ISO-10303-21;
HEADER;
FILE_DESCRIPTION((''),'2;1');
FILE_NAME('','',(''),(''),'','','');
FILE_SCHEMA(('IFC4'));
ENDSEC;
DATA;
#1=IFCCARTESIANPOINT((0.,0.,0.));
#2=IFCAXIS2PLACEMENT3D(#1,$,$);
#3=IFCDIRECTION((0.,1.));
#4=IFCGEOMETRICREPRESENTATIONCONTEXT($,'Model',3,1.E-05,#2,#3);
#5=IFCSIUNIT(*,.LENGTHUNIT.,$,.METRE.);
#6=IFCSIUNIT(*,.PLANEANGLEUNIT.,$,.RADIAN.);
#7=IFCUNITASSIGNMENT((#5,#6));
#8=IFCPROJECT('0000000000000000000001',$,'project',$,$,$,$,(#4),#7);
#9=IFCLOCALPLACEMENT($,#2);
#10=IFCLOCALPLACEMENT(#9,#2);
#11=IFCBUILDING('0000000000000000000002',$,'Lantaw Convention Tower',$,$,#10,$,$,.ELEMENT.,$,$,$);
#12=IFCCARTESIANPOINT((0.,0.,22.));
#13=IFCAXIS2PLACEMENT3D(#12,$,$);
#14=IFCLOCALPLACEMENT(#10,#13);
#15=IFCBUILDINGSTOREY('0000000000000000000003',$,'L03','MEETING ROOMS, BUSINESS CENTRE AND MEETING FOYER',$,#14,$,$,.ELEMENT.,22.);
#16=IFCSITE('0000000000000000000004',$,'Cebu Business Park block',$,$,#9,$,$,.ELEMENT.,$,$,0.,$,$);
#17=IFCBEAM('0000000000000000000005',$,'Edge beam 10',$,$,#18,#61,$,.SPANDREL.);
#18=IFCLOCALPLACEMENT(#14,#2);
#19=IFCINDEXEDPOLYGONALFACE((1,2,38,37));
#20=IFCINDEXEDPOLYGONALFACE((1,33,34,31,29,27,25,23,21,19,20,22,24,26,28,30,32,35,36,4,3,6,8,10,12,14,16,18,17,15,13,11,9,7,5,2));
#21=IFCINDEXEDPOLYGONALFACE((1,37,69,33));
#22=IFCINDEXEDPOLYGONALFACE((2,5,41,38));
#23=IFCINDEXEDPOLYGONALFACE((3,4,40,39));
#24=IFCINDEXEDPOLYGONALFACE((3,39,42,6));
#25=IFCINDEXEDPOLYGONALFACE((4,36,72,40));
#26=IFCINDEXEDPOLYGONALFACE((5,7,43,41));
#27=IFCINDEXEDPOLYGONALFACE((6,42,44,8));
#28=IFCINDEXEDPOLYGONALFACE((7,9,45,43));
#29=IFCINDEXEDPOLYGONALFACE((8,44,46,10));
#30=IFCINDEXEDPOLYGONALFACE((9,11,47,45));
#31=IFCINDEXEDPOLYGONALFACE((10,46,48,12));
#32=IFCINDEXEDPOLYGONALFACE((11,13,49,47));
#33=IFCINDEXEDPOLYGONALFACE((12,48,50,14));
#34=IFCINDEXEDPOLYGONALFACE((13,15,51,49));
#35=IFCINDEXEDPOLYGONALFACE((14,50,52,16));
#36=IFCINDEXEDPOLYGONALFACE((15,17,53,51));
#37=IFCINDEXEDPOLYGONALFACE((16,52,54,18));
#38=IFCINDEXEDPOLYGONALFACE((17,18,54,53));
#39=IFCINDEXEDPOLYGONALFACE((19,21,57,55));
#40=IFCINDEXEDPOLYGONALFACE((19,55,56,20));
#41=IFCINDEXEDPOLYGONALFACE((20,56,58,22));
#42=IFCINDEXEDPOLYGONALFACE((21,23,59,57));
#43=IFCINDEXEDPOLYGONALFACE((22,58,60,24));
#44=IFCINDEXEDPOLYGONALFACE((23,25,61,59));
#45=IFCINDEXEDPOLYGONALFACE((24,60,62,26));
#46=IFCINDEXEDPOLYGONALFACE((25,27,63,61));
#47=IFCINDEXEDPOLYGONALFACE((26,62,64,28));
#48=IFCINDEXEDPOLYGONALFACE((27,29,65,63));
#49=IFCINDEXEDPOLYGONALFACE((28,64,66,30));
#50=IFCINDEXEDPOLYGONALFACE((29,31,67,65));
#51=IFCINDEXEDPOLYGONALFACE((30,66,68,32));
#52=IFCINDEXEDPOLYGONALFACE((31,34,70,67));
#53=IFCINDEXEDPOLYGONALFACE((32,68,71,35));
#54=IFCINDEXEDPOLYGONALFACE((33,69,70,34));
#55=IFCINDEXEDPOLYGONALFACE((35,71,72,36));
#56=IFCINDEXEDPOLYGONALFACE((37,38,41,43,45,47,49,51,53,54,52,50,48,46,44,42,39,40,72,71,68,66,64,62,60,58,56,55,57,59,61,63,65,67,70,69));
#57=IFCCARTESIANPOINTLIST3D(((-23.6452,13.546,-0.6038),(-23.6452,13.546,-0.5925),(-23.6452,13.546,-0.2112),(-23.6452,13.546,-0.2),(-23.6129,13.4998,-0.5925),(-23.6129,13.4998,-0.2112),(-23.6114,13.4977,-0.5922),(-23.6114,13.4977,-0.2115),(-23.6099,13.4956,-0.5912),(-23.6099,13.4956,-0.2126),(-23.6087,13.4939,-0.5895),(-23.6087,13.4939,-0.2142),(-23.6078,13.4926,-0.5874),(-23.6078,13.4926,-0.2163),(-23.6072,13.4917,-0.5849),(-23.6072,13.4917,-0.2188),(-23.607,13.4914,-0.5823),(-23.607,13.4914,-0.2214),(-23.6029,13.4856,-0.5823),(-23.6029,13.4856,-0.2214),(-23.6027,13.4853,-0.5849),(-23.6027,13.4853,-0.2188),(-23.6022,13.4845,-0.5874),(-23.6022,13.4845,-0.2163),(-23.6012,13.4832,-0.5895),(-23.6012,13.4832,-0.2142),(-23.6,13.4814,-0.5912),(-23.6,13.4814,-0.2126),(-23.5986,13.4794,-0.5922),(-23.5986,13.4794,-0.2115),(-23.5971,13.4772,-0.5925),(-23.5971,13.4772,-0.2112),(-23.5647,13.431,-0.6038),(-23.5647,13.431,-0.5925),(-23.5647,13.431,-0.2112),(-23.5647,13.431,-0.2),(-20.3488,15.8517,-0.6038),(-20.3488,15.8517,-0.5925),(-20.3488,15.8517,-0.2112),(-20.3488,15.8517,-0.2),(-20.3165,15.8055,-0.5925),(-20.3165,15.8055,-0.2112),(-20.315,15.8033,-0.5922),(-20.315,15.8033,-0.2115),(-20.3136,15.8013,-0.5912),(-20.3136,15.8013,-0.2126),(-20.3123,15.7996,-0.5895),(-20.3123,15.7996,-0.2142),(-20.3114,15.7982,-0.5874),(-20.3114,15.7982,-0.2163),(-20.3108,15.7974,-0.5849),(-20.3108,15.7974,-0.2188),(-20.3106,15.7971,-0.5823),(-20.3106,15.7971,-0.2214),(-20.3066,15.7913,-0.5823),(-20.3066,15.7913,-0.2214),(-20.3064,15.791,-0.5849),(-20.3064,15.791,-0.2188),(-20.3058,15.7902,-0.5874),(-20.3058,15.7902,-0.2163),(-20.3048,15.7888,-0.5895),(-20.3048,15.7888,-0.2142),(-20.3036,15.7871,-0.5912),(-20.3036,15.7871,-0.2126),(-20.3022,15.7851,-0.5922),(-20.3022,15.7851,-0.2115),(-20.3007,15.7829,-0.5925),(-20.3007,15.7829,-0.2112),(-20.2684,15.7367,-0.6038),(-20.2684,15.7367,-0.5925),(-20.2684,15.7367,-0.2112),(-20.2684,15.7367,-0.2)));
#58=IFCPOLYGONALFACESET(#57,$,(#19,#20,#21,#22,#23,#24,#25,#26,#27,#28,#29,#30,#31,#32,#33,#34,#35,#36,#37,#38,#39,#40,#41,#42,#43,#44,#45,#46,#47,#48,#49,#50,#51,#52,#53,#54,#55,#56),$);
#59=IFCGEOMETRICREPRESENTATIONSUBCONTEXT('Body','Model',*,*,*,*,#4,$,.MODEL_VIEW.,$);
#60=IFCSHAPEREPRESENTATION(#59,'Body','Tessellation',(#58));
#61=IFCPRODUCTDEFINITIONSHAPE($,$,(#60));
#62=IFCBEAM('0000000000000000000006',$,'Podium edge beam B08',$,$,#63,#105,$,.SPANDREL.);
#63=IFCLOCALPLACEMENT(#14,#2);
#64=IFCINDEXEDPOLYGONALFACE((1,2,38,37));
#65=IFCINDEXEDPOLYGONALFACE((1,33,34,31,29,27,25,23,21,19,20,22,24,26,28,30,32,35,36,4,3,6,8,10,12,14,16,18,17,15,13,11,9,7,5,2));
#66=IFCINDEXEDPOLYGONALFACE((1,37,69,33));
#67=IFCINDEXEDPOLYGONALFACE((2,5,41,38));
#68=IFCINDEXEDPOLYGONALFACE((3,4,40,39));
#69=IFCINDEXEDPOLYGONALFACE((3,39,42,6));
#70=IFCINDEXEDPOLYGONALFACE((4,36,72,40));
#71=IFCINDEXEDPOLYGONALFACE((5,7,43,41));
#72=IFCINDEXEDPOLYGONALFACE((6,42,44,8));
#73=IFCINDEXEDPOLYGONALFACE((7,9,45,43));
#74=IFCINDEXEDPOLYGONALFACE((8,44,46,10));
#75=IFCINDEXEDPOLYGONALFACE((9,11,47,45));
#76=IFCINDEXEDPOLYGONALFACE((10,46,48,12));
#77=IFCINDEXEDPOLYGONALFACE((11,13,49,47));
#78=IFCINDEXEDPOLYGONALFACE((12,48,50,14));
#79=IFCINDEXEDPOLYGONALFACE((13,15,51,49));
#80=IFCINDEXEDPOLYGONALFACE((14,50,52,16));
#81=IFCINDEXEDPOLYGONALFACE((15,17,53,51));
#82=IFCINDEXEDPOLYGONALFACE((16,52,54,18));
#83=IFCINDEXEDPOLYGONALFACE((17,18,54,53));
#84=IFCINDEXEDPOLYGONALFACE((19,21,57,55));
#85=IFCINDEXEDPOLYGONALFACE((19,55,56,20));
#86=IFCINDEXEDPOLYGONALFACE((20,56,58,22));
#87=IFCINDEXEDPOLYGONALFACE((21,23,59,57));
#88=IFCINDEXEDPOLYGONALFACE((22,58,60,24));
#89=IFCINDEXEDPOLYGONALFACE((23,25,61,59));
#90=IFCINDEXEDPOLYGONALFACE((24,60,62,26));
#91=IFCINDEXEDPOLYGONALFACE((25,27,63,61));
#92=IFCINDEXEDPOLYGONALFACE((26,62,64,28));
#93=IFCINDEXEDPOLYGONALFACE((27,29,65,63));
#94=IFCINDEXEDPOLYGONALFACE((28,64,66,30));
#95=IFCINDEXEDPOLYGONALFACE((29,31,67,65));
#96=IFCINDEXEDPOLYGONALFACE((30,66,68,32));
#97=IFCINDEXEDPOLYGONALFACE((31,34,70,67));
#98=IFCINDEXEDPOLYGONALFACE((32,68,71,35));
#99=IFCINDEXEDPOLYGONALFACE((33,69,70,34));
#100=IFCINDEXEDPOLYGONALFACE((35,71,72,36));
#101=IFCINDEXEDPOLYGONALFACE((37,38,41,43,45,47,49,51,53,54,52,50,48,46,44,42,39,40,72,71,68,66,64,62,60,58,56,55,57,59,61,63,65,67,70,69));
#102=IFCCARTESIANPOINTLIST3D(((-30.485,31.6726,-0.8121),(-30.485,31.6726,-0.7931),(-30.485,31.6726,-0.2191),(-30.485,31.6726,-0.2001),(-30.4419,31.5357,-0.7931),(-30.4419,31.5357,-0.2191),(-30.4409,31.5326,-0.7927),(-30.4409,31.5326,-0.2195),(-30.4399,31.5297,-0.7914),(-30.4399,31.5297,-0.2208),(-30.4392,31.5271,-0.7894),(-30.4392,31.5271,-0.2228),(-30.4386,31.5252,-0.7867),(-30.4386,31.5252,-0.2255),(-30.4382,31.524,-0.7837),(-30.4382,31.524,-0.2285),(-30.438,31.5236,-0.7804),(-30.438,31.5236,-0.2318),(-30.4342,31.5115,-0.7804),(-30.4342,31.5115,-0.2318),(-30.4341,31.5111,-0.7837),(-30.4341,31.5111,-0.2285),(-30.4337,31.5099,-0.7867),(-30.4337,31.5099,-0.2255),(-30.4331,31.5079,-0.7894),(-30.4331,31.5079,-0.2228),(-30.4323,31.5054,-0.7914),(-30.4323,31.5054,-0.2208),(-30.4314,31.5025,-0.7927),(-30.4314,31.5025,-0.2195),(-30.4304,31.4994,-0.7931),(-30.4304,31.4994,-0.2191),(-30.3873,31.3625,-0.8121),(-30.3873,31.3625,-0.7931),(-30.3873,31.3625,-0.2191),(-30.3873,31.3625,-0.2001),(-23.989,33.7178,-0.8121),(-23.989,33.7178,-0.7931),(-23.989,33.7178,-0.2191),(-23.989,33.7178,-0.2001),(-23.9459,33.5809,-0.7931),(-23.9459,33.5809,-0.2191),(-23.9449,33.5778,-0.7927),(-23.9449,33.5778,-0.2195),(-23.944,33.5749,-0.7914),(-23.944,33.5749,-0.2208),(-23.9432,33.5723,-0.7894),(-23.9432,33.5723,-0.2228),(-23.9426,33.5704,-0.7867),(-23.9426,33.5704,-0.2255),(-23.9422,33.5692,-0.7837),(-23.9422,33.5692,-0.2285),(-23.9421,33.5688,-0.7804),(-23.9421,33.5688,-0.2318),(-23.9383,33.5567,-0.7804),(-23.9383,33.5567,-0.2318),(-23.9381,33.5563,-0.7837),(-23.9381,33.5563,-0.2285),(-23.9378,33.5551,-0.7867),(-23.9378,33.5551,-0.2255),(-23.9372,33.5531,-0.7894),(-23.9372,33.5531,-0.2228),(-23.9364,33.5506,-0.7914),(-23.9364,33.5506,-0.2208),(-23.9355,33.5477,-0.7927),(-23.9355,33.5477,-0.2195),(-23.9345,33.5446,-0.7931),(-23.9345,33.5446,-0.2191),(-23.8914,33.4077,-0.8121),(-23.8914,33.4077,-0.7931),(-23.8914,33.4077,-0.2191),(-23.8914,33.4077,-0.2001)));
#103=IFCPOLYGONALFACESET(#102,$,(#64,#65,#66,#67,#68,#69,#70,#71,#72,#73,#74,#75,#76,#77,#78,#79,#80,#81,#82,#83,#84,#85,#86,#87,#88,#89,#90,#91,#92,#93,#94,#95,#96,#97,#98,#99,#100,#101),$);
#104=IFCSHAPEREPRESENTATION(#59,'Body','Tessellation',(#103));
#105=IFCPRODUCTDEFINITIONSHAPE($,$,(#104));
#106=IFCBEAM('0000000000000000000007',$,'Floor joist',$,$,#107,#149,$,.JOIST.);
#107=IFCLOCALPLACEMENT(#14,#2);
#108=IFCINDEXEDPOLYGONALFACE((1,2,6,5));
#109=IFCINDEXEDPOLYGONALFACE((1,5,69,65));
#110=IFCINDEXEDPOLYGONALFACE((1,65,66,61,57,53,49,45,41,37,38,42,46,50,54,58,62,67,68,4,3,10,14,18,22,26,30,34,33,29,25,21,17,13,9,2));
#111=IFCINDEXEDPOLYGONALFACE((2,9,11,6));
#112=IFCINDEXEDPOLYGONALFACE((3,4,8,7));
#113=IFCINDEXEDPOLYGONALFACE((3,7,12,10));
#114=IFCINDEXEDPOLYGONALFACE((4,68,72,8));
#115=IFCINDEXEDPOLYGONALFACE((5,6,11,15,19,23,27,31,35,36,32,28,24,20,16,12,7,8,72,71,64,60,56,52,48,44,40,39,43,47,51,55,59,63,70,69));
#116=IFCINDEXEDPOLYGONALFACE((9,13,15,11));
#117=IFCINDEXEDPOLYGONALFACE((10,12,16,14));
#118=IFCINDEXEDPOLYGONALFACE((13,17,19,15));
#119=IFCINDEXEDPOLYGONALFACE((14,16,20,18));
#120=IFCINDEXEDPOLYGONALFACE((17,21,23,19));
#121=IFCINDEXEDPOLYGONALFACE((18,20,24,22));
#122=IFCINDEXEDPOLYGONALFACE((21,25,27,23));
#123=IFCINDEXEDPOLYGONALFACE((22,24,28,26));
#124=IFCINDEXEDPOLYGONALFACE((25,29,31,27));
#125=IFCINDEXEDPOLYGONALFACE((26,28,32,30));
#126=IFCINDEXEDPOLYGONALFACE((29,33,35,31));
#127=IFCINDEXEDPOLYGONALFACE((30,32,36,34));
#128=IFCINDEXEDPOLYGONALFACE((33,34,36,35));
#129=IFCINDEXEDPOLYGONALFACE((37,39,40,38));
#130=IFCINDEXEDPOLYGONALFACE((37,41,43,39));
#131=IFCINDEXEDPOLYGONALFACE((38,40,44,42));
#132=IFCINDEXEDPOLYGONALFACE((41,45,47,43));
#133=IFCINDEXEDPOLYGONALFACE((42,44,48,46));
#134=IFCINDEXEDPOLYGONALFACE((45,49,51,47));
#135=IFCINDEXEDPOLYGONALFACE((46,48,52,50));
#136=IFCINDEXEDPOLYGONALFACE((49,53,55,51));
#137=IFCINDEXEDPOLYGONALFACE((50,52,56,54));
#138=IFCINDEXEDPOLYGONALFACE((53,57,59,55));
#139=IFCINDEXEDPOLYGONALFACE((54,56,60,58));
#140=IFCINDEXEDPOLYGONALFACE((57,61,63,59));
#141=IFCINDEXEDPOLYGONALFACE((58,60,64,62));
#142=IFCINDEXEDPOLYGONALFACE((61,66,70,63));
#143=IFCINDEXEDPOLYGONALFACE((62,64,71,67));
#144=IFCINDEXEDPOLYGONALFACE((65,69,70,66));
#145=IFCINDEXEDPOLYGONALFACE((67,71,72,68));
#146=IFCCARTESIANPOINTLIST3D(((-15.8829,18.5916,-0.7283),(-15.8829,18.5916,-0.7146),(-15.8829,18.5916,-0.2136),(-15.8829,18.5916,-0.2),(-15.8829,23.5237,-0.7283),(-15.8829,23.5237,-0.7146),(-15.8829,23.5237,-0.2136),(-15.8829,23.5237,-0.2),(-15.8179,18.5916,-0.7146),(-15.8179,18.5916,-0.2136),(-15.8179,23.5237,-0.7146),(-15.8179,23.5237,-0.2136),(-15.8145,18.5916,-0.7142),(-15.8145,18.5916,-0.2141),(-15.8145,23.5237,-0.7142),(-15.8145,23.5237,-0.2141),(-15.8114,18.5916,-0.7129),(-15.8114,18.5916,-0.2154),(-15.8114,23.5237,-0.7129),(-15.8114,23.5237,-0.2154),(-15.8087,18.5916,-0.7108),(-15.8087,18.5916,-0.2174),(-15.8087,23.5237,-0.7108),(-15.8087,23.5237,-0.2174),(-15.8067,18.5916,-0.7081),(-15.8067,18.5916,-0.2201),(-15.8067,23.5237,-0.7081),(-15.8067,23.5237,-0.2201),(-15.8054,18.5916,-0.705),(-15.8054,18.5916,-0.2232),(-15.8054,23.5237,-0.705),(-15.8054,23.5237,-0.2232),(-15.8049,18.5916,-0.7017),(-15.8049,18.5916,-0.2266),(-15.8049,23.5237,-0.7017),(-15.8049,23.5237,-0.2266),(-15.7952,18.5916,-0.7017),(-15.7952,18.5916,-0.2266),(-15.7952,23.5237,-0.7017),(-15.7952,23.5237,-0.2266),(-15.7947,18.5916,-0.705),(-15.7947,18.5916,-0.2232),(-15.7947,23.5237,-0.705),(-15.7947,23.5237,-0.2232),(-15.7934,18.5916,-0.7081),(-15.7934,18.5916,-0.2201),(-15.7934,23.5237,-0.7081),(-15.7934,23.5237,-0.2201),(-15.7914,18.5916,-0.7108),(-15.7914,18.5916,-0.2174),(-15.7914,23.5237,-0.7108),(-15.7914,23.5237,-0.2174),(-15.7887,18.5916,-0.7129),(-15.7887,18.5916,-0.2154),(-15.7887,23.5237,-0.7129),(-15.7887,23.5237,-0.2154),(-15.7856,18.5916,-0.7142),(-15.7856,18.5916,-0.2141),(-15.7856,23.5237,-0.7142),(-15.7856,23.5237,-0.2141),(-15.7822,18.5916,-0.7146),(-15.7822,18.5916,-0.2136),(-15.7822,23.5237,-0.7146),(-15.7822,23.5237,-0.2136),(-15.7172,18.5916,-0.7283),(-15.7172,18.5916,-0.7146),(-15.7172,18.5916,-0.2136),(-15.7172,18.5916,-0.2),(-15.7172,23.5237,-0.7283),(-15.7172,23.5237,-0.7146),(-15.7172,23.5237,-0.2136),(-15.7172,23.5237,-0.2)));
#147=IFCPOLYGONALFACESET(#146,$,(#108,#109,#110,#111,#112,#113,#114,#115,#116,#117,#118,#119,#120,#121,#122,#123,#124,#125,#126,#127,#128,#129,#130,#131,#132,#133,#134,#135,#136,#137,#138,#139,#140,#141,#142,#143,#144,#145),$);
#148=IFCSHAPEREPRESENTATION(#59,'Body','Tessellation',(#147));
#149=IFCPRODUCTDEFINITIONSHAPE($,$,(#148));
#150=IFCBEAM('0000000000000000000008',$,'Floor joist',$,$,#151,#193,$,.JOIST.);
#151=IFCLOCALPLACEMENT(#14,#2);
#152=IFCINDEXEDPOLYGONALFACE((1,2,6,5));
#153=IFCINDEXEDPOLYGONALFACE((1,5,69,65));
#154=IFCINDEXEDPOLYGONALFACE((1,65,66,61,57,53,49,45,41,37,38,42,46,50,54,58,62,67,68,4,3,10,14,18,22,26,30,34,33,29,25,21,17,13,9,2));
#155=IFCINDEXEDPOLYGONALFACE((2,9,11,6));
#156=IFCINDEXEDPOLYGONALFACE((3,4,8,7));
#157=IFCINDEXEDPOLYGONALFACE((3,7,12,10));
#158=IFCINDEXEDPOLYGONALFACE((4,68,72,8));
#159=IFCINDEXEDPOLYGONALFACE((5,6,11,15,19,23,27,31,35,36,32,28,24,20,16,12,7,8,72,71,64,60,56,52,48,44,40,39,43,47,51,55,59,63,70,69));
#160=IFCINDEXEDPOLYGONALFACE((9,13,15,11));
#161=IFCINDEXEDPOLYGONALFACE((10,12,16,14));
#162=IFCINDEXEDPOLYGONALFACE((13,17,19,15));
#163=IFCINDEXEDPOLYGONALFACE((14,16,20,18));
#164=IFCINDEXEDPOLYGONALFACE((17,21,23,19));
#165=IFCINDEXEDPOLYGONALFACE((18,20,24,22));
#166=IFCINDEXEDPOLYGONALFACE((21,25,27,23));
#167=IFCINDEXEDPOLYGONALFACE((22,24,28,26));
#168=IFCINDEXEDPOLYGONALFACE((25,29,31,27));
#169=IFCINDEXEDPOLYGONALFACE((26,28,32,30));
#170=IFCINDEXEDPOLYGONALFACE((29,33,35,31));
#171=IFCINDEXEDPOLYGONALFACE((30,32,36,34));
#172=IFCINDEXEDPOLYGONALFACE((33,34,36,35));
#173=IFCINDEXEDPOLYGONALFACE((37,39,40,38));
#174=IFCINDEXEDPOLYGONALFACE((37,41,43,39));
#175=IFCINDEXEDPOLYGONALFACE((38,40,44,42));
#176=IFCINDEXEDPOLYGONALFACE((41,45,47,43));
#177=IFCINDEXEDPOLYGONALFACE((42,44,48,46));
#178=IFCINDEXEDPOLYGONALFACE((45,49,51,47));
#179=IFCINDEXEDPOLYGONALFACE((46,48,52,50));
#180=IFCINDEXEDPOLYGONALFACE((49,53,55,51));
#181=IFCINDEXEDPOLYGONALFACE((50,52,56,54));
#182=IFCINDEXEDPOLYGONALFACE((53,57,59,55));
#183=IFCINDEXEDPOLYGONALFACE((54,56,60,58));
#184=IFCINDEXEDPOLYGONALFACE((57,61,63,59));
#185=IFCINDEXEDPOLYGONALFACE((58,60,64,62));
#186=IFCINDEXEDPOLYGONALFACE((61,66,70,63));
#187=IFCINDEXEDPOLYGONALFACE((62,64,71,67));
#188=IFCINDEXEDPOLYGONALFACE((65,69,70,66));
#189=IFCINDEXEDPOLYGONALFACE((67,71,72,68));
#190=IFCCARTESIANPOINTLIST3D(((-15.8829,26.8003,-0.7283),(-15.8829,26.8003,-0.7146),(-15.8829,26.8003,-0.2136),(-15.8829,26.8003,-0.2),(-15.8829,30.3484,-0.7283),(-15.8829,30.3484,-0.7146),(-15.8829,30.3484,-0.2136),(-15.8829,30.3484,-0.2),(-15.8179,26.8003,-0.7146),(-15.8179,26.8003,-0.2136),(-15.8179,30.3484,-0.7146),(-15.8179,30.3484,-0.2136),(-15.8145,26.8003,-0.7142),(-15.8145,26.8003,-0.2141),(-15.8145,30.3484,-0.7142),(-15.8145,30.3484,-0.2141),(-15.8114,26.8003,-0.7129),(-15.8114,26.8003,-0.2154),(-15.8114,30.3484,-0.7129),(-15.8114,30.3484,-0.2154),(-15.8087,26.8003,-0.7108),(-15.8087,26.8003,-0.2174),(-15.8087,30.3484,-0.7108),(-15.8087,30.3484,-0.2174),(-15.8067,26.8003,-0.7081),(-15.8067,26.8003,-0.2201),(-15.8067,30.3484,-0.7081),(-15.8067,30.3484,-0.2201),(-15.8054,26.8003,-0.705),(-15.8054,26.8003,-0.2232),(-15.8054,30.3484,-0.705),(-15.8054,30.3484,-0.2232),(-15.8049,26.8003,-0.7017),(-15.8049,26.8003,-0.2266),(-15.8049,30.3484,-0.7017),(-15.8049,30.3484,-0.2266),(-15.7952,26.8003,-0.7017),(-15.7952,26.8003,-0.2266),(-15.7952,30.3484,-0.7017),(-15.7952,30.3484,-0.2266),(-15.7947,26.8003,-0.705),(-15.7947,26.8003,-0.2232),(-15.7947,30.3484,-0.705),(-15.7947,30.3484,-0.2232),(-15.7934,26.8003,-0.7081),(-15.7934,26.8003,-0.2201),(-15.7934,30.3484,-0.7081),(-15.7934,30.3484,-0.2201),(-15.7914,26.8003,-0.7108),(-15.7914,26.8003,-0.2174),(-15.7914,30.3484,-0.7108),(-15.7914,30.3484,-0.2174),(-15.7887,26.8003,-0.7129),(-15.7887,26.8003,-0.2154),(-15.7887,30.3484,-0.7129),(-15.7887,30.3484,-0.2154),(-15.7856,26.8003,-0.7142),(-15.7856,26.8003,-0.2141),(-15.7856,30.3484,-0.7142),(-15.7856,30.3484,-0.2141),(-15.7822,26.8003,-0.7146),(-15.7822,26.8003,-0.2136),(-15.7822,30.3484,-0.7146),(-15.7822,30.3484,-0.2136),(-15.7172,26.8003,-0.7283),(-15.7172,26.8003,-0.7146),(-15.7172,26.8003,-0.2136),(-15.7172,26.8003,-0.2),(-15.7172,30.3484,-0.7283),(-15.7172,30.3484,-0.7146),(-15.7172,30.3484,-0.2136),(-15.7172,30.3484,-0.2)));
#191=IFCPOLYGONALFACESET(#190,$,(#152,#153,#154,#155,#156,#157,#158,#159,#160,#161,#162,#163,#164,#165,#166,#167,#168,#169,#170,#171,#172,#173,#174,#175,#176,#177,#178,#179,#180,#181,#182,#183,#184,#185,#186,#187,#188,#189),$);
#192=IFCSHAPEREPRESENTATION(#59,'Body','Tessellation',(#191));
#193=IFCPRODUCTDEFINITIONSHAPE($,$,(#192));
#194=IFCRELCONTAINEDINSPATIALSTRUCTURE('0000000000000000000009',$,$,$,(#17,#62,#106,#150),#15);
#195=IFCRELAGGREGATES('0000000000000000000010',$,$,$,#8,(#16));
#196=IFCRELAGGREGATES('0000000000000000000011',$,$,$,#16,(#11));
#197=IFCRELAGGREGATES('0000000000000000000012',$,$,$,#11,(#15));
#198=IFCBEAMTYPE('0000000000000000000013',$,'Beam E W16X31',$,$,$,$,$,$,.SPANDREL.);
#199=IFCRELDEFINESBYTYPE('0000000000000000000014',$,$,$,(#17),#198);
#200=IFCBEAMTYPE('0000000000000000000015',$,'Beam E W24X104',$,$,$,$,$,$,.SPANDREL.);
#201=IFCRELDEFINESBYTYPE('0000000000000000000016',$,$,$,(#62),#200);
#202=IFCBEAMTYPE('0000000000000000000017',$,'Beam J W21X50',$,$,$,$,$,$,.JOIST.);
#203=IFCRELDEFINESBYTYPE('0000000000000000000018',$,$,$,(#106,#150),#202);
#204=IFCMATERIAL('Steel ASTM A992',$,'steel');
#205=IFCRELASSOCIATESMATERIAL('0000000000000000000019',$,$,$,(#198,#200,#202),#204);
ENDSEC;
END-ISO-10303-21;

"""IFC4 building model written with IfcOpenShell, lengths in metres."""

from ifc_helpers import new_model, si_unit, direction, frame, origin, origin_2d, place, context, subcontext, project, spatial, i_section, extrude, material, material_profile, profile_set, type_object, element, save


model = new_model("IFC4")

# Units and contexts
model_context = context("Model", 3, precision=1e-05, world=origin(), true_north=direction((0.0, 1.0)))
body_context = subcontext(model_context, "Body", "Model", "MODEL_VIEW")
ifc_project = project(units=[si_unit("LENGTHUNIT", "METRE"), si_unit("PLANEANGLEUNIT", "RADIAN")], contexts=[model_context])

# Site, building, storey
site_placement = place(None, origin())
site = spatial("IfcSite", under=ifc_project, at=site_placement, Name="Cebu Business Park block", CompositionType="ELEMENT", RefElevation=0.0)
building_placement = place(site_placement, origin())
building = spatial("IfcBuilding", under=site, at=building_placement, Name="Lantaw Convention Tower", CompositionType="ELEMENT")
storey_placement = place(building_placement, frame((0.0, 0.0, 22.0)))
storey = spatial("IfcBuildingStorey", under=building, at=storey_placement, Name="L03", Description="MEETING ROOMS, BUSINESS CENTRE AND MEETING FOYER", CompositionType="ELEMENT", Elevation=22.0)

# Beams
ifc_material_1 = material(Name="Steel ASTM A992", Category="steel")
ifc_material_profile_1 = material_profile(ifc_material_1, i_section(OverallWidth=0.1404, OverallDepth=0.4038, WebThickness=0.0071, FlangeThickness=0.0112, FilletRadius=0.0103, at=origin_2d()), Name="W16X31")
ifc_profile_set_1 = profile_set([ifc_material_profile_1], Name="Steel ASTM A992")
beam_type_1 = type_object("IfcBeamType", Name="Beam E W16X31", PredefinedType="SPANDREL", material=ifc_profile_set_1)
beam_1_placement = place(storey_placement, frame((-20.3086, 15.7942, -0.4019), z_axis=(-0.819443, -0.573161, 0.0), x_axis=(0.573161, -0.819443, 0.0)))
element("IfcBeam", 1, at=beam_1_placement, inside=storey, type_object=beam_type_1, Name="Edge beam 10", PredefinedType="SPANDREL", context=body_context, shape_type="SweptSolid", body=[
    extrude(i_section(OverallWidth=0.1404, OverallDepth=0.4038, WebThickness=0.0071, FlangeThickness=0.0112, FilletRadius=0.0103, at=origin_2d()), origin(), (0.0, 0.0, 1.0), 4.0227),
])
ifc_material_profile_2 = material_profile(ifc_material_1, i_section(OverallWidth=0.3252, OverallDepth=0.6121, WebThickness=0.0127, FlangeThickness=0.019, FilletRadius=0.0127, at=origin_2d()), Name="W24X104")
ifc_profile_set_2 = profile_set([ifc_material_profile_2], Name="Steel ASTM A992")
beam_type_2 = type_object("IfcBeamType", Name="Beam E W24X104", PredefinedType="SPANDREL", material=ifc_profile_set_2)
beam_2_placement = place(storey_placement, frame((-23.9402, 33.5627, -0.5061), z_axis=(-0.953842, -0.300309, 0.0), x_axis=(0.300309, -0.953842, 0.0)))
element("IfcBeam", 2, at=beam_2_placement, inside=storey, type_object=beam_type_2, Name="Podium edge beam B08", PredefinedType="SPANDREL", context=body_context, shape_type="SweptSolid", body=[
    extrude(i_section(OverallWidth=0.3252, OverallDepth=0.6121, WebThickness=0.0127, FlangeThickness=0.019, FilletRadius=0.0127, at=origin_2d()), origin(), (0.0, 0.0, 1.0), 6.8103),
])
ifc_material_profile_3 = material_profile(ifc_material_1, i_section(OverallWidth=0.1658, OverallDepth=0.5283, WebThickness=0.0098, FlangeThickness=0.0137, FilletRadius=0.0129, at=origin_2d()), Name="W21X50")
ifc_profile_set_3 = profile_set([ifc_material_profile_3], Name="Steel ASTM A992")
beam_type_3 = type_object("IfcBeamType", Name="Beam J W21X50", PredefinedType="JOIST", material=ifc_profile_set_3)
beam_3_placement = place(storey_placement, frame((-15.8, 18.5916, -0.4641), z_axis=(0.0, 1.0, 0.0), x_axis=(-1.0, 0.0, 0.0)))
element("IfcBeam", 3, at=beam_3_placement, inside=storey, type_object=beam_type_3, Name="Floor joist", PredefinedType="JOIST", context=body_context, shape_type="SweptSolid", body=[
    extrude(i_section(OverallWidth=0.1658, OverallDepth=0.5283, WebThickness=0.0098, FlangeThickness=0.0137, FilletRadius=0.0129, at=origin_2d()), origin(), (0.0, 0.0, 1.0), 4.9321),
])
beam_4_placement = place(storey_placement, frame((-15.8, 26.8003, -0.4641), z_axis=(0.0, 1.0, 0.0), x_axis=(-1.0, 0.0, 0.0)))
element("IfcBeam", 4, at=beam_4_placement, inside=storey, type_object=beam_type_3, Name="Floor joist", PredefinedType="JOIST", context=body_context, shape_type="SweptSolid", body=[
    extrude(i_section(OverallWidth=0.1658, OverallDepth=0.5283, WebThickness=0.0098, FlangeThickness=0.0137, FilletRadius=0.0129, at=origin_2d()), origin(), (0.0, 0.0, 1.0), 3.5481),
])

save(model, "model.ifc")
